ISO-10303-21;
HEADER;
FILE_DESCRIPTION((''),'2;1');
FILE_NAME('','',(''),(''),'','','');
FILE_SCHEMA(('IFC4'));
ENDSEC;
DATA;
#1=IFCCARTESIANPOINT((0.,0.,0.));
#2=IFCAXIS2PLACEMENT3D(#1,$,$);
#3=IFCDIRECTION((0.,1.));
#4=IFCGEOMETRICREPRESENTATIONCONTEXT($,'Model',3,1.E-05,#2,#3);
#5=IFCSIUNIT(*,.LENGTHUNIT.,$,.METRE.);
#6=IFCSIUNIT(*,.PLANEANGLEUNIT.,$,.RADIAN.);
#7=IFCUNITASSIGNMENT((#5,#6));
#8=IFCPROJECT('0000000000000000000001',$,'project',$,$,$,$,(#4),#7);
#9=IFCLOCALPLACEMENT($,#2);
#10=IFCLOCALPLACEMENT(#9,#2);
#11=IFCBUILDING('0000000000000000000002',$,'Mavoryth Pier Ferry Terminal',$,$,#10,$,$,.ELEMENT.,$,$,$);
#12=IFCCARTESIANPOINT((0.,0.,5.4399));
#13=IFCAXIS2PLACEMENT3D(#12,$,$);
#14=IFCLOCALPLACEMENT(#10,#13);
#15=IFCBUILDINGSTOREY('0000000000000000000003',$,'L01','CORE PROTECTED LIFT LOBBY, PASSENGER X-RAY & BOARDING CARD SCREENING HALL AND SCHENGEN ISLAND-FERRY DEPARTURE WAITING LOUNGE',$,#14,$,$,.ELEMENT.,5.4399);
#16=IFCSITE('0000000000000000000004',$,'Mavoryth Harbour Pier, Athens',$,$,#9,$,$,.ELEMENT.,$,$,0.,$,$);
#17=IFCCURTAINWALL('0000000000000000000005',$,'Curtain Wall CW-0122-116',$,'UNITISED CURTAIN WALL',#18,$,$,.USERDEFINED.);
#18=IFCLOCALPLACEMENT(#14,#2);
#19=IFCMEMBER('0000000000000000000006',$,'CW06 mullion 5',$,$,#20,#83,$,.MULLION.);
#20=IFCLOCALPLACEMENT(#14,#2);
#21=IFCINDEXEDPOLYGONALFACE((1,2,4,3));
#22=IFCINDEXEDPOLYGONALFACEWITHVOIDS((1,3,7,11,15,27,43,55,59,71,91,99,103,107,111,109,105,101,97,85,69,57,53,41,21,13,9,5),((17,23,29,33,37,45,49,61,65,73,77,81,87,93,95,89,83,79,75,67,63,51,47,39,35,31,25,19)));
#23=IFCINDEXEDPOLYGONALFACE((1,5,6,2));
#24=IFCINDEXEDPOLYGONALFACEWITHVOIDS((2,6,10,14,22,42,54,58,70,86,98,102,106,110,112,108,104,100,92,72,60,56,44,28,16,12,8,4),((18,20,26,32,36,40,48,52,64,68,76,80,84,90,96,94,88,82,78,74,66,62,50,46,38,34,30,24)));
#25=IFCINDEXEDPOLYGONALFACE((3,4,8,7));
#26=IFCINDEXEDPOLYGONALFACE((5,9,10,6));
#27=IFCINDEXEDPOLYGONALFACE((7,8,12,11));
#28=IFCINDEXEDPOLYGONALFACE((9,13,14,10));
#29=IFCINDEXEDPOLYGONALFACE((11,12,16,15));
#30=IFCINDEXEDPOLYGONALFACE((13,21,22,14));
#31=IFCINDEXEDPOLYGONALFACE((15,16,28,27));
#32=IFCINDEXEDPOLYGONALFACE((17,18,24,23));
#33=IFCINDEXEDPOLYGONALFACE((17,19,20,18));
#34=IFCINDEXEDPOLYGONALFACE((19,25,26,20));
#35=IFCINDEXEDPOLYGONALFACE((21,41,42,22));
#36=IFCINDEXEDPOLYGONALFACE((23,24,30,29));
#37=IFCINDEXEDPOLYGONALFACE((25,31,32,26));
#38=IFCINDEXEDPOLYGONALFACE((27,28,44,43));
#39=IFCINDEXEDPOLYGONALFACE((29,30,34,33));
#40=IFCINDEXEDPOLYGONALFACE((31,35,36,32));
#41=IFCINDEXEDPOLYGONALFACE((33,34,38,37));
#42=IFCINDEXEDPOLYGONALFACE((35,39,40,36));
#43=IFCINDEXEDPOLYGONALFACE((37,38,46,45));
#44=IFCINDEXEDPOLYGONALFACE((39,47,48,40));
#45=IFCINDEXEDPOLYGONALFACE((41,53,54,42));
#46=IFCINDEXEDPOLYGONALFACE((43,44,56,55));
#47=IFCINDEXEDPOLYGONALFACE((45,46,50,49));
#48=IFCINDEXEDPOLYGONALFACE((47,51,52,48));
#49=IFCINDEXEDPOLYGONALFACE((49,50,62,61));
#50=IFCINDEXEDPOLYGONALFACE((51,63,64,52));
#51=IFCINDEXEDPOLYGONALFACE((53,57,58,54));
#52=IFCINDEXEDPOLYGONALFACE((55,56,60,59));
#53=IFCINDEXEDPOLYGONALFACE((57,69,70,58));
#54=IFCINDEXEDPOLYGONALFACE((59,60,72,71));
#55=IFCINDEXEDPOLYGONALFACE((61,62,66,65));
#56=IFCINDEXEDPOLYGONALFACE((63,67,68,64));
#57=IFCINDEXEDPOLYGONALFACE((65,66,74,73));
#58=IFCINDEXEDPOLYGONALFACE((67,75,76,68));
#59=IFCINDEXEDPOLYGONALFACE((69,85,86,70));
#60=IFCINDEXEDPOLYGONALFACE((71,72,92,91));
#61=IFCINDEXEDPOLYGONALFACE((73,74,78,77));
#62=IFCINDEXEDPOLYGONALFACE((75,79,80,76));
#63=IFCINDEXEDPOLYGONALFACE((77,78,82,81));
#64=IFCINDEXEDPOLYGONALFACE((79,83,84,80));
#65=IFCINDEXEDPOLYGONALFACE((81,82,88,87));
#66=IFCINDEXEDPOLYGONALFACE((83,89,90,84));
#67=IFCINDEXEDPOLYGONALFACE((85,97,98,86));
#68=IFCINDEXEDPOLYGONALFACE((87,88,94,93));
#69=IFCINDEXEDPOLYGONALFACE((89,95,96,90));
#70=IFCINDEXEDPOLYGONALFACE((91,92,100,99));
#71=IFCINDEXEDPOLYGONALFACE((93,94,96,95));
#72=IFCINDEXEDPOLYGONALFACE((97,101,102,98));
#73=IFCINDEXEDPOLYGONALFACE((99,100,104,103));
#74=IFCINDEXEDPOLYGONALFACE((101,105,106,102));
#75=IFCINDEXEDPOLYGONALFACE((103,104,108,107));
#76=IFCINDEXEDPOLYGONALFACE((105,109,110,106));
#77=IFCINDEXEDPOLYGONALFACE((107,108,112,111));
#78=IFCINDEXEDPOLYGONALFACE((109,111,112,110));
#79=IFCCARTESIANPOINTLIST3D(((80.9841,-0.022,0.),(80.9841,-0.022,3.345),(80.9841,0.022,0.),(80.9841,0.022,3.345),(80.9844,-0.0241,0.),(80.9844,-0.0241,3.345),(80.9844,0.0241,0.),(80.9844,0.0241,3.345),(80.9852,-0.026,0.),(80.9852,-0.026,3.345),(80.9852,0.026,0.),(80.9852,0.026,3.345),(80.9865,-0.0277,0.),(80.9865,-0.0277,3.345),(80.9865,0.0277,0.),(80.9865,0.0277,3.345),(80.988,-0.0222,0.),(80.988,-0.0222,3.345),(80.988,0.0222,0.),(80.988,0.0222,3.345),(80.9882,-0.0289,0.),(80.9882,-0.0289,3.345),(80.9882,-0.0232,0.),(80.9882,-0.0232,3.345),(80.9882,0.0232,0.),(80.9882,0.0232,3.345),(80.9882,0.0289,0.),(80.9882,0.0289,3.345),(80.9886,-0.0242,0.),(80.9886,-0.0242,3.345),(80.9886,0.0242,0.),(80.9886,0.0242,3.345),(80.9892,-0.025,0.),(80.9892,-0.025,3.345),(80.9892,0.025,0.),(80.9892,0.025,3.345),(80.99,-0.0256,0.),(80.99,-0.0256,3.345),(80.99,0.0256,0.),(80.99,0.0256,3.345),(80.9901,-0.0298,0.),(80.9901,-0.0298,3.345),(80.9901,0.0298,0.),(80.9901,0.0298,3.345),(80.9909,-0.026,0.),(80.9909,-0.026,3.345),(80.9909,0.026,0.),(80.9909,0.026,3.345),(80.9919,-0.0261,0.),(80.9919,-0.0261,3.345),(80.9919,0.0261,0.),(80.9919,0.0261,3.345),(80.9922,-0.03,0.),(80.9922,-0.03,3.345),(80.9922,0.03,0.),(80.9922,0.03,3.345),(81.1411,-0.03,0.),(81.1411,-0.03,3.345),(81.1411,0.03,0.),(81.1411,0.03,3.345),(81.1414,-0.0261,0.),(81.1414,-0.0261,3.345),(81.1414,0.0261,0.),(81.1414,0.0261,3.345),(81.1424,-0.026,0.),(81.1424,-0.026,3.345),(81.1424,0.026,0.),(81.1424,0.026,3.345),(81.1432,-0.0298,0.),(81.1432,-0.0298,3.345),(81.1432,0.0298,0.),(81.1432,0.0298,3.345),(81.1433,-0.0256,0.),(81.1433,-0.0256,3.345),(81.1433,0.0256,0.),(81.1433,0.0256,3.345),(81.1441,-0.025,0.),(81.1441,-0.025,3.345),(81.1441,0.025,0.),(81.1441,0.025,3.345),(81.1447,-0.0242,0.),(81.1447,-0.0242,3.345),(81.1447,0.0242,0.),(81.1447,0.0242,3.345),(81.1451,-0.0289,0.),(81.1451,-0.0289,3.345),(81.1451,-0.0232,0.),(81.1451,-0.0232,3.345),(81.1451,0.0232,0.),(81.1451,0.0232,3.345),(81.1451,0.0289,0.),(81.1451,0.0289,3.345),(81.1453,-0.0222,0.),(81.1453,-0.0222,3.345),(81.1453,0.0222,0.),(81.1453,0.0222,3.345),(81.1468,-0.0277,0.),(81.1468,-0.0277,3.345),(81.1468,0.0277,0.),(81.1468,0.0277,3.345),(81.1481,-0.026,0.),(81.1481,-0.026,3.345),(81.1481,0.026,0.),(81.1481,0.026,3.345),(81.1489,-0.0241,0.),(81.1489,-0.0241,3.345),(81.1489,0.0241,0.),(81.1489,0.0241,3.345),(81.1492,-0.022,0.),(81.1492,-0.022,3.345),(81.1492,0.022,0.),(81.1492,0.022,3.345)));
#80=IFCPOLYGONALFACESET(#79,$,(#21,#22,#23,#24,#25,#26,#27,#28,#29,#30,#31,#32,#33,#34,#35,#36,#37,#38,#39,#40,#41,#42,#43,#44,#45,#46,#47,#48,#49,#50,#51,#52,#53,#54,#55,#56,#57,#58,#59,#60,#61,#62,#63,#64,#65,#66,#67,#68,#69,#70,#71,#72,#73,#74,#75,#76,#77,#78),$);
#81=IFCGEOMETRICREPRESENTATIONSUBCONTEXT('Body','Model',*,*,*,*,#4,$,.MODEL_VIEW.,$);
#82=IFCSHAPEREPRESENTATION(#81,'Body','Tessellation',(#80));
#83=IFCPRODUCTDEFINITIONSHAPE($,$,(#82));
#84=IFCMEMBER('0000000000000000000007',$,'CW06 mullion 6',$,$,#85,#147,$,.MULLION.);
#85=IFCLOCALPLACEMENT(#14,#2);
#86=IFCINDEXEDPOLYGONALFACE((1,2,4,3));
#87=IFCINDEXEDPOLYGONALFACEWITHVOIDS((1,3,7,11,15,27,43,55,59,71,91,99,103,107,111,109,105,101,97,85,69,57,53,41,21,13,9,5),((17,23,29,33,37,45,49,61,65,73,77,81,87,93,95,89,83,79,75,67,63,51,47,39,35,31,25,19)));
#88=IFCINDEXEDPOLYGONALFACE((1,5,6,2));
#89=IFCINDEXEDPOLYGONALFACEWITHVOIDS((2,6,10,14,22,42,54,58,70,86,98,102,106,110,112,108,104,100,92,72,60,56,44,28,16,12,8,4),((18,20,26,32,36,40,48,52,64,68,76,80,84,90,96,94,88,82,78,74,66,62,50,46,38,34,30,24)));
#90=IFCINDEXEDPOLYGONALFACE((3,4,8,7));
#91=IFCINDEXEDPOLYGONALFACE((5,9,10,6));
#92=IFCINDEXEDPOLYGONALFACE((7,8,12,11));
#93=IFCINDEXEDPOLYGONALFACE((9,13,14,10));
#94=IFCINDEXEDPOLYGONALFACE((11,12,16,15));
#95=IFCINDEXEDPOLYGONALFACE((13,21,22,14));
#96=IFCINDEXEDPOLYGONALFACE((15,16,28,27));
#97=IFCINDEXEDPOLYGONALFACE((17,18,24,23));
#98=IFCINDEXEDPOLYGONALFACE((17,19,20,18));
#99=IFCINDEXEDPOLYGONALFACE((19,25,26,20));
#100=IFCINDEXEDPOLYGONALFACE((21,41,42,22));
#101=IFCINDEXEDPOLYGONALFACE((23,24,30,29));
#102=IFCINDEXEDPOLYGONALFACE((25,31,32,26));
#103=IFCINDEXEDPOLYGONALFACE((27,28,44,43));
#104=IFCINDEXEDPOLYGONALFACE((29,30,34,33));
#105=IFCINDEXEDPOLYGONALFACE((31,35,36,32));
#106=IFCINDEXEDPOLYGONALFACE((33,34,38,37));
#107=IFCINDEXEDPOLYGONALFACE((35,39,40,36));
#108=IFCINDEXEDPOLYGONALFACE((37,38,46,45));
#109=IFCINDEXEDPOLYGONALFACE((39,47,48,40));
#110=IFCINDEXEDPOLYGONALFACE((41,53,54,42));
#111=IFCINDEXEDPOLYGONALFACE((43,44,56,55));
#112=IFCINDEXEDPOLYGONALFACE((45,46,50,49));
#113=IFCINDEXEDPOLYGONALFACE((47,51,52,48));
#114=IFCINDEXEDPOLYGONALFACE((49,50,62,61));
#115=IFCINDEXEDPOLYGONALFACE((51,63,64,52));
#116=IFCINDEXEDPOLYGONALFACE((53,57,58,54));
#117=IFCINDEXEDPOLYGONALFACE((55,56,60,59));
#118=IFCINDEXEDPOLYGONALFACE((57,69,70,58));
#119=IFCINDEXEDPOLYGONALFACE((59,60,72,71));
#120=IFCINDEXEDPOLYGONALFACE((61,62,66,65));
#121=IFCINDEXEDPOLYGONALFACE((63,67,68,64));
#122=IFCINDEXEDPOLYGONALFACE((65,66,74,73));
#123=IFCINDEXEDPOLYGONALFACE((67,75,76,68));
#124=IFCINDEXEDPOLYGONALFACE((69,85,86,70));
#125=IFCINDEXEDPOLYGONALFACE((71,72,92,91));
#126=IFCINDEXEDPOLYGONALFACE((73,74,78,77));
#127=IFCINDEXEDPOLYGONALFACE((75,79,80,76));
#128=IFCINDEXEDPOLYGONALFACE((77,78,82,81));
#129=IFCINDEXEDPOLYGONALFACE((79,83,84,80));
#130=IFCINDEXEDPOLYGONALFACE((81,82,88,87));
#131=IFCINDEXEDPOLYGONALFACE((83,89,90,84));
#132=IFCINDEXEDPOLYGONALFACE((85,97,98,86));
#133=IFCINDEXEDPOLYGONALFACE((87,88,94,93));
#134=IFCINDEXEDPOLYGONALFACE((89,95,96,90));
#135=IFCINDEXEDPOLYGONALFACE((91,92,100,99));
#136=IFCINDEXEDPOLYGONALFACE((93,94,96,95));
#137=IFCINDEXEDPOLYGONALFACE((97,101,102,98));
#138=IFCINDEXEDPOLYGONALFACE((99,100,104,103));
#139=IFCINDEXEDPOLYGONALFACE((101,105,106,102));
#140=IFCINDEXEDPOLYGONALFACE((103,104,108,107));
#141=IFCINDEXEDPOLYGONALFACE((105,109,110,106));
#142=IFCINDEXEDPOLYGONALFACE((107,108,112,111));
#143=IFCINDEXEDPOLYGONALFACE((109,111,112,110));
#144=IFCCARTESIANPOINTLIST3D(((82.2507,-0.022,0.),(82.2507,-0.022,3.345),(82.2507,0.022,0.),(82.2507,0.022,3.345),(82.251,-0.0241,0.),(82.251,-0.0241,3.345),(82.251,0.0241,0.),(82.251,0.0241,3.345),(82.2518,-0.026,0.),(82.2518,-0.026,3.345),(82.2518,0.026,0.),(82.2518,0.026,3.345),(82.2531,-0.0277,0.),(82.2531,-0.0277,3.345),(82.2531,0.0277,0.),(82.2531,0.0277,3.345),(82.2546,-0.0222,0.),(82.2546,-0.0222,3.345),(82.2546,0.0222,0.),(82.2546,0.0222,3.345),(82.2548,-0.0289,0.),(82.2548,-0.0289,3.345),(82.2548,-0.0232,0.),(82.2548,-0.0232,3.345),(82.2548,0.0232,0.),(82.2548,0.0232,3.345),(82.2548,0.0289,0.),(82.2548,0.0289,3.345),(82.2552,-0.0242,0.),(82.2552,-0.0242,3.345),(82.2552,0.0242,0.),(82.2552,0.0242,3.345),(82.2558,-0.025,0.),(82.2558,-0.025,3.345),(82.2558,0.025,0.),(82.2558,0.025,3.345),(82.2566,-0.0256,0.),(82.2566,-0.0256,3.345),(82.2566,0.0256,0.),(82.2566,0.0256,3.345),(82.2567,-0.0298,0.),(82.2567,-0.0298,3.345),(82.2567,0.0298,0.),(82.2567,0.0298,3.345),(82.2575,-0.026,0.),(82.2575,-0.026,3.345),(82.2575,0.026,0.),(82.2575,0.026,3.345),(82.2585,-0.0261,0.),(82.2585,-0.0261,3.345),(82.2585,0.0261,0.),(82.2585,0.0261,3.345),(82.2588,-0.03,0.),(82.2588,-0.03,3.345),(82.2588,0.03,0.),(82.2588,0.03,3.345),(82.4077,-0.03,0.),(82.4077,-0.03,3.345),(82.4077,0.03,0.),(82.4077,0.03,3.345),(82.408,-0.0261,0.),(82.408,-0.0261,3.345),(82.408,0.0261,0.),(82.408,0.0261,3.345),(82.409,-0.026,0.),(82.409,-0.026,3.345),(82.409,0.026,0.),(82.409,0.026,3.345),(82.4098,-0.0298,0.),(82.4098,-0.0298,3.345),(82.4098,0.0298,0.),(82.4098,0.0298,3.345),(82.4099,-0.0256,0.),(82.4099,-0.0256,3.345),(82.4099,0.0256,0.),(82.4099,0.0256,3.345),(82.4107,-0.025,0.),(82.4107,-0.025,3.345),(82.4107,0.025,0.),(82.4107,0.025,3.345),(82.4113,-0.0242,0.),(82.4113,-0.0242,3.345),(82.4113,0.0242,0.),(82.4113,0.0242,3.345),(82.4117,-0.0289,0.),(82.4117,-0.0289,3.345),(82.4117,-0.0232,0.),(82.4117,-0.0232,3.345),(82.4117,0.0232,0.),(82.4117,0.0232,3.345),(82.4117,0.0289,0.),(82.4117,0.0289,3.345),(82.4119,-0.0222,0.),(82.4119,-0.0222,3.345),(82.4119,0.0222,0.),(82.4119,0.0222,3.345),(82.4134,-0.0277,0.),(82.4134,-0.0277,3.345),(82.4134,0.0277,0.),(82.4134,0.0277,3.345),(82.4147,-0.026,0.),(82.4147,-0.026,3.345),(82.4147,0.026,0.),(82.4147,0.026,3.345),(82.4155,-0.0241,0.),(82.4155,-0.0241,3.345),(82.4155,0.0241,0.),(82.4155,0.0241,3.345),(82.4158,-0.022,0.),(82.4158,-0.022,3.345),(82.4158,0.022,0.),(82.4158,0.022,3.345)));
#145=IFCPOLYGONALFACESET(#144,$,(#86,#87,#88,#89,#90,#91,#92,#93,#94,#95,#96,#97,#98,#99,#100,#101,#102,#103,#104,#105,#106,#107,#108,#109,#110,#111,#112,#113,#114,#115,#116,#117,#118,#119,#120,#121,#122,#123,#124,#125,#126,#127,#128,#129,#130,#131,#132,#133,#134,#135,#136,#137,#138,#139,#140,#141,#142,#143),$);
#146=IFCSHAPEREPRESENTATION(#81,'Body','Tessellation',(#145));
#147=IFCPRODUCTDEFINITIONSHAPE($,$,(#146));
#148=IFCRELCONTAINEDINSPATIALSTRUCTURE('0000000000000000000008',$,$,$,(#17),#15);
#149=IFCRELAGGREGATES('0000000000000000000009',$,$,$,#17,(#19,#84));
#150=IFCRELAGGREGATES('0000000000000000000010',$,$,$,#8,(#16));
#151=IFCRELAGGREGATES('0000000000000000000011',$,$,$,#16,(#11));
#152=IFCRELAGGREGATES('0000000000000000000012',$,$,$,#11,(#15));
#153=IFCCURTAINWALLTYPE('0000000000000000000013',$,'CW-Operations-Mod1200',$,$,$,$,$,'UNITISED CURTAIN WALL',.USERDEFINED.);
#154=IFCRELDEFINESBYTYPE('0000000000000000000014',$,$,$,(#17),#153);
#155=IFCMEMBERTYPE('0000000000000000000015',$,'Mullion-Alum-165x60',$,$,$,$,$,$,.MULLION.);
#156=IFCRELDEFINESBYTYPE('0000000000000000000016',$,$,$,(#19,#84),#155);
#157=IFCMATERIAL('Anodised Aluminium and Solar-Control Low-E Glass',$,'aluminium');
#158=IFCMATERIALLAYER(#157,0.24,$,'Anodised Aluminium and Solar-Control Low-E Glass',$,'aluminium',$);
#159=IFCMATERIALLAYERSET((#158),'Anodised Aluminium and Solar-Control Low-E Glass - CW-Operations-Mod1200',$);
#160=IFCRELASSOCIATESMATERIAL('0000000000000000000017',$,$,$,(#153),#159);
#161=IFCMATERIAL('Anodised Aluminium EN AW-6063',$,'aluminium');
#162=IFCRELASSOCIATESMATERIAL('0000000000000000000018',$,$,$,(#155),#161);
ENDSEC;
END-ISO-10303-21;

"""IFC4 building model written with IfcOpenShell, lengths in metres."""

from ifc_helpers import new_model, si_unit, direction, frame, origin, origin_2d, place, context, subcontext, project, spatial, hollow_rectangle, extrude, material, layer, layer_set, material_profile, profile_set, type_object, element, aggregate, save


model = new_model("IFC4")

# Units and contexts
model_context = context("Model", 3, precision=1e-05, world=origin(), true_north=direction((0.0, 1.0)))
body_context = subcontext(model_context, "Body", "Model", "MODEL_VIEW")
ifc_project = project(units=[si_unit("LENGTHUNIT", "METRE"), si_unit("PLANEANGLEUNIT", "RADIAN")], contexts=[model_context])

# Site, building, storey
site_placement = place(None, origin())
site = spatial("IfcSite", under=ifc_project, at=site_placement, Name="Mavoryth Harbour Pier, Athens", CompositionType="ELEMENT", RefElevation=0.0)
building_placement = place(site_placement, origin())
building = spatial("IfcBuilding", under=site, at=building_placement, Name="Mavoryth Pier Ferry Terminal", CompositionType="ELEMENT")
storey_placement = place(building_placement, frame((0.0, 0.0, 5.4399)))
storey = spatial("IfcBuildingStorey", under=building, at=storey_placement, Name="L01", Description="CORE PROTECTED LIFT LOBBY, PASSENGER X-RAY & BOARDING CARD SCREENING HALL AND SCHENGEN ISLAND-FERRY DEPARTURE WAITING LOUNGE", CompositionType="ELEMENT", Elevation=5.4399)

# Curtain wall, members
ifc_material_1 = material(Name="Anodised Aluminium and Solar-Control Low-E Glass", Category="aluminium")
ifc_layer_1 = layer(ifc_material_1, 0.24, Name="Anodised Aluminium and Solar-Control Low-E Glass", Category="aluminium")
ifc_layer_set_1 = layer_set([ifc_layer_1], Name="Anodised Aluminium and Solar-Control Low-E Glass - CW-Operations-Mod1200")
curtain_wall_type = type_object("IfcCurtainWallType", Name="CW-Operations-Mod1200", ElementType="UNITISED CURTAIN WALL", PredefinedType="USERDEFINED", material=ifc_layer_set_1)
curtain_wall_placement = place(storey_placement, origin())
curtain_wall = element("IfcCurtainWall", 1, at=curtain_wall_placement, inside=storey, type_object=curtain_wall_type, Name="Curtain Wall CW-0122-116", ObjectType="UNITISED CURTAIN WALL", PredefinedType="USERDEFINED")
ifc_material_2 = material(Name="Anodised Aluminium EN AW-6063", Category="aluminium")
ifc_material_profile_1 = material_profile(ifc_material_2, hollow_rectangle(XDim=0.0601, YDim=0.165, WallThickness=0.0039, InnerFilletRadius=0.0039, OuterFilletRadius=0.0081, at=origin_2d()), Name="AL-MULL 165x60x4", Category="aluminium")
ifc_profile_set_1 = profile_set([ifc_material_profile_1], Name="Anodised Aluminium EN AW-6063 - AL-MULL 165x60x4")
member_type_1 = type_object("IfcMemberType", Name="Mullion-Alum-165x60", PredefinedType="MULLION", material=ifc_profile_set_1)
member_1_placement = place(storey_placement, frame((81.0667, 0.0, 0.0), z_axis=(0.0, 0.0, 1.0), x_axis=(0.0, 1.0, 0.0)))
member_1 = element("IfcMember", 2, at=member_1_placement, type_object=member_type_1, Name="CW06 mullion 5", PredefinedType="MULLION", context=body_context, shape_type="SweptSolid", body=[
    extrude(hollow_rectangle(XDim=0.0601, YDim=0.165, WallThickness=0.0039, InnerFilletRadius=0.0039, OuterFilletRadius=0.0081, at=origin_2d()), origin(), (0.0, 0.0, 1.0), 3.345),
])
member_2_placement = place(storey_placement, frame((82.3333, 0.0, 0.0), z_axis=(0.0, 0.0, 1.0), x_axis=(0.0, 1.0, 0.0)))
member_2 = element("IfcMember", 3, at=member_2_placement, type_object=member_type_1, Name="CW06 mullion 6", PredefinedType="MULLION", context=body_context, shape_type="SweptSolid", body=[
    extrude(hollow_rectangle(XDim=0.0601, YDim=0.165, WallThickness=0.0039, InnerFilletRadius=0.0039, OuterFilletRadius=0.0081, at=origin_2d()), origin(), (0.0, 0.0, 1.0), 3.345),
])
aggregate(curtain_wall, [member_1, member_2])

save(model, "model.ifc")
